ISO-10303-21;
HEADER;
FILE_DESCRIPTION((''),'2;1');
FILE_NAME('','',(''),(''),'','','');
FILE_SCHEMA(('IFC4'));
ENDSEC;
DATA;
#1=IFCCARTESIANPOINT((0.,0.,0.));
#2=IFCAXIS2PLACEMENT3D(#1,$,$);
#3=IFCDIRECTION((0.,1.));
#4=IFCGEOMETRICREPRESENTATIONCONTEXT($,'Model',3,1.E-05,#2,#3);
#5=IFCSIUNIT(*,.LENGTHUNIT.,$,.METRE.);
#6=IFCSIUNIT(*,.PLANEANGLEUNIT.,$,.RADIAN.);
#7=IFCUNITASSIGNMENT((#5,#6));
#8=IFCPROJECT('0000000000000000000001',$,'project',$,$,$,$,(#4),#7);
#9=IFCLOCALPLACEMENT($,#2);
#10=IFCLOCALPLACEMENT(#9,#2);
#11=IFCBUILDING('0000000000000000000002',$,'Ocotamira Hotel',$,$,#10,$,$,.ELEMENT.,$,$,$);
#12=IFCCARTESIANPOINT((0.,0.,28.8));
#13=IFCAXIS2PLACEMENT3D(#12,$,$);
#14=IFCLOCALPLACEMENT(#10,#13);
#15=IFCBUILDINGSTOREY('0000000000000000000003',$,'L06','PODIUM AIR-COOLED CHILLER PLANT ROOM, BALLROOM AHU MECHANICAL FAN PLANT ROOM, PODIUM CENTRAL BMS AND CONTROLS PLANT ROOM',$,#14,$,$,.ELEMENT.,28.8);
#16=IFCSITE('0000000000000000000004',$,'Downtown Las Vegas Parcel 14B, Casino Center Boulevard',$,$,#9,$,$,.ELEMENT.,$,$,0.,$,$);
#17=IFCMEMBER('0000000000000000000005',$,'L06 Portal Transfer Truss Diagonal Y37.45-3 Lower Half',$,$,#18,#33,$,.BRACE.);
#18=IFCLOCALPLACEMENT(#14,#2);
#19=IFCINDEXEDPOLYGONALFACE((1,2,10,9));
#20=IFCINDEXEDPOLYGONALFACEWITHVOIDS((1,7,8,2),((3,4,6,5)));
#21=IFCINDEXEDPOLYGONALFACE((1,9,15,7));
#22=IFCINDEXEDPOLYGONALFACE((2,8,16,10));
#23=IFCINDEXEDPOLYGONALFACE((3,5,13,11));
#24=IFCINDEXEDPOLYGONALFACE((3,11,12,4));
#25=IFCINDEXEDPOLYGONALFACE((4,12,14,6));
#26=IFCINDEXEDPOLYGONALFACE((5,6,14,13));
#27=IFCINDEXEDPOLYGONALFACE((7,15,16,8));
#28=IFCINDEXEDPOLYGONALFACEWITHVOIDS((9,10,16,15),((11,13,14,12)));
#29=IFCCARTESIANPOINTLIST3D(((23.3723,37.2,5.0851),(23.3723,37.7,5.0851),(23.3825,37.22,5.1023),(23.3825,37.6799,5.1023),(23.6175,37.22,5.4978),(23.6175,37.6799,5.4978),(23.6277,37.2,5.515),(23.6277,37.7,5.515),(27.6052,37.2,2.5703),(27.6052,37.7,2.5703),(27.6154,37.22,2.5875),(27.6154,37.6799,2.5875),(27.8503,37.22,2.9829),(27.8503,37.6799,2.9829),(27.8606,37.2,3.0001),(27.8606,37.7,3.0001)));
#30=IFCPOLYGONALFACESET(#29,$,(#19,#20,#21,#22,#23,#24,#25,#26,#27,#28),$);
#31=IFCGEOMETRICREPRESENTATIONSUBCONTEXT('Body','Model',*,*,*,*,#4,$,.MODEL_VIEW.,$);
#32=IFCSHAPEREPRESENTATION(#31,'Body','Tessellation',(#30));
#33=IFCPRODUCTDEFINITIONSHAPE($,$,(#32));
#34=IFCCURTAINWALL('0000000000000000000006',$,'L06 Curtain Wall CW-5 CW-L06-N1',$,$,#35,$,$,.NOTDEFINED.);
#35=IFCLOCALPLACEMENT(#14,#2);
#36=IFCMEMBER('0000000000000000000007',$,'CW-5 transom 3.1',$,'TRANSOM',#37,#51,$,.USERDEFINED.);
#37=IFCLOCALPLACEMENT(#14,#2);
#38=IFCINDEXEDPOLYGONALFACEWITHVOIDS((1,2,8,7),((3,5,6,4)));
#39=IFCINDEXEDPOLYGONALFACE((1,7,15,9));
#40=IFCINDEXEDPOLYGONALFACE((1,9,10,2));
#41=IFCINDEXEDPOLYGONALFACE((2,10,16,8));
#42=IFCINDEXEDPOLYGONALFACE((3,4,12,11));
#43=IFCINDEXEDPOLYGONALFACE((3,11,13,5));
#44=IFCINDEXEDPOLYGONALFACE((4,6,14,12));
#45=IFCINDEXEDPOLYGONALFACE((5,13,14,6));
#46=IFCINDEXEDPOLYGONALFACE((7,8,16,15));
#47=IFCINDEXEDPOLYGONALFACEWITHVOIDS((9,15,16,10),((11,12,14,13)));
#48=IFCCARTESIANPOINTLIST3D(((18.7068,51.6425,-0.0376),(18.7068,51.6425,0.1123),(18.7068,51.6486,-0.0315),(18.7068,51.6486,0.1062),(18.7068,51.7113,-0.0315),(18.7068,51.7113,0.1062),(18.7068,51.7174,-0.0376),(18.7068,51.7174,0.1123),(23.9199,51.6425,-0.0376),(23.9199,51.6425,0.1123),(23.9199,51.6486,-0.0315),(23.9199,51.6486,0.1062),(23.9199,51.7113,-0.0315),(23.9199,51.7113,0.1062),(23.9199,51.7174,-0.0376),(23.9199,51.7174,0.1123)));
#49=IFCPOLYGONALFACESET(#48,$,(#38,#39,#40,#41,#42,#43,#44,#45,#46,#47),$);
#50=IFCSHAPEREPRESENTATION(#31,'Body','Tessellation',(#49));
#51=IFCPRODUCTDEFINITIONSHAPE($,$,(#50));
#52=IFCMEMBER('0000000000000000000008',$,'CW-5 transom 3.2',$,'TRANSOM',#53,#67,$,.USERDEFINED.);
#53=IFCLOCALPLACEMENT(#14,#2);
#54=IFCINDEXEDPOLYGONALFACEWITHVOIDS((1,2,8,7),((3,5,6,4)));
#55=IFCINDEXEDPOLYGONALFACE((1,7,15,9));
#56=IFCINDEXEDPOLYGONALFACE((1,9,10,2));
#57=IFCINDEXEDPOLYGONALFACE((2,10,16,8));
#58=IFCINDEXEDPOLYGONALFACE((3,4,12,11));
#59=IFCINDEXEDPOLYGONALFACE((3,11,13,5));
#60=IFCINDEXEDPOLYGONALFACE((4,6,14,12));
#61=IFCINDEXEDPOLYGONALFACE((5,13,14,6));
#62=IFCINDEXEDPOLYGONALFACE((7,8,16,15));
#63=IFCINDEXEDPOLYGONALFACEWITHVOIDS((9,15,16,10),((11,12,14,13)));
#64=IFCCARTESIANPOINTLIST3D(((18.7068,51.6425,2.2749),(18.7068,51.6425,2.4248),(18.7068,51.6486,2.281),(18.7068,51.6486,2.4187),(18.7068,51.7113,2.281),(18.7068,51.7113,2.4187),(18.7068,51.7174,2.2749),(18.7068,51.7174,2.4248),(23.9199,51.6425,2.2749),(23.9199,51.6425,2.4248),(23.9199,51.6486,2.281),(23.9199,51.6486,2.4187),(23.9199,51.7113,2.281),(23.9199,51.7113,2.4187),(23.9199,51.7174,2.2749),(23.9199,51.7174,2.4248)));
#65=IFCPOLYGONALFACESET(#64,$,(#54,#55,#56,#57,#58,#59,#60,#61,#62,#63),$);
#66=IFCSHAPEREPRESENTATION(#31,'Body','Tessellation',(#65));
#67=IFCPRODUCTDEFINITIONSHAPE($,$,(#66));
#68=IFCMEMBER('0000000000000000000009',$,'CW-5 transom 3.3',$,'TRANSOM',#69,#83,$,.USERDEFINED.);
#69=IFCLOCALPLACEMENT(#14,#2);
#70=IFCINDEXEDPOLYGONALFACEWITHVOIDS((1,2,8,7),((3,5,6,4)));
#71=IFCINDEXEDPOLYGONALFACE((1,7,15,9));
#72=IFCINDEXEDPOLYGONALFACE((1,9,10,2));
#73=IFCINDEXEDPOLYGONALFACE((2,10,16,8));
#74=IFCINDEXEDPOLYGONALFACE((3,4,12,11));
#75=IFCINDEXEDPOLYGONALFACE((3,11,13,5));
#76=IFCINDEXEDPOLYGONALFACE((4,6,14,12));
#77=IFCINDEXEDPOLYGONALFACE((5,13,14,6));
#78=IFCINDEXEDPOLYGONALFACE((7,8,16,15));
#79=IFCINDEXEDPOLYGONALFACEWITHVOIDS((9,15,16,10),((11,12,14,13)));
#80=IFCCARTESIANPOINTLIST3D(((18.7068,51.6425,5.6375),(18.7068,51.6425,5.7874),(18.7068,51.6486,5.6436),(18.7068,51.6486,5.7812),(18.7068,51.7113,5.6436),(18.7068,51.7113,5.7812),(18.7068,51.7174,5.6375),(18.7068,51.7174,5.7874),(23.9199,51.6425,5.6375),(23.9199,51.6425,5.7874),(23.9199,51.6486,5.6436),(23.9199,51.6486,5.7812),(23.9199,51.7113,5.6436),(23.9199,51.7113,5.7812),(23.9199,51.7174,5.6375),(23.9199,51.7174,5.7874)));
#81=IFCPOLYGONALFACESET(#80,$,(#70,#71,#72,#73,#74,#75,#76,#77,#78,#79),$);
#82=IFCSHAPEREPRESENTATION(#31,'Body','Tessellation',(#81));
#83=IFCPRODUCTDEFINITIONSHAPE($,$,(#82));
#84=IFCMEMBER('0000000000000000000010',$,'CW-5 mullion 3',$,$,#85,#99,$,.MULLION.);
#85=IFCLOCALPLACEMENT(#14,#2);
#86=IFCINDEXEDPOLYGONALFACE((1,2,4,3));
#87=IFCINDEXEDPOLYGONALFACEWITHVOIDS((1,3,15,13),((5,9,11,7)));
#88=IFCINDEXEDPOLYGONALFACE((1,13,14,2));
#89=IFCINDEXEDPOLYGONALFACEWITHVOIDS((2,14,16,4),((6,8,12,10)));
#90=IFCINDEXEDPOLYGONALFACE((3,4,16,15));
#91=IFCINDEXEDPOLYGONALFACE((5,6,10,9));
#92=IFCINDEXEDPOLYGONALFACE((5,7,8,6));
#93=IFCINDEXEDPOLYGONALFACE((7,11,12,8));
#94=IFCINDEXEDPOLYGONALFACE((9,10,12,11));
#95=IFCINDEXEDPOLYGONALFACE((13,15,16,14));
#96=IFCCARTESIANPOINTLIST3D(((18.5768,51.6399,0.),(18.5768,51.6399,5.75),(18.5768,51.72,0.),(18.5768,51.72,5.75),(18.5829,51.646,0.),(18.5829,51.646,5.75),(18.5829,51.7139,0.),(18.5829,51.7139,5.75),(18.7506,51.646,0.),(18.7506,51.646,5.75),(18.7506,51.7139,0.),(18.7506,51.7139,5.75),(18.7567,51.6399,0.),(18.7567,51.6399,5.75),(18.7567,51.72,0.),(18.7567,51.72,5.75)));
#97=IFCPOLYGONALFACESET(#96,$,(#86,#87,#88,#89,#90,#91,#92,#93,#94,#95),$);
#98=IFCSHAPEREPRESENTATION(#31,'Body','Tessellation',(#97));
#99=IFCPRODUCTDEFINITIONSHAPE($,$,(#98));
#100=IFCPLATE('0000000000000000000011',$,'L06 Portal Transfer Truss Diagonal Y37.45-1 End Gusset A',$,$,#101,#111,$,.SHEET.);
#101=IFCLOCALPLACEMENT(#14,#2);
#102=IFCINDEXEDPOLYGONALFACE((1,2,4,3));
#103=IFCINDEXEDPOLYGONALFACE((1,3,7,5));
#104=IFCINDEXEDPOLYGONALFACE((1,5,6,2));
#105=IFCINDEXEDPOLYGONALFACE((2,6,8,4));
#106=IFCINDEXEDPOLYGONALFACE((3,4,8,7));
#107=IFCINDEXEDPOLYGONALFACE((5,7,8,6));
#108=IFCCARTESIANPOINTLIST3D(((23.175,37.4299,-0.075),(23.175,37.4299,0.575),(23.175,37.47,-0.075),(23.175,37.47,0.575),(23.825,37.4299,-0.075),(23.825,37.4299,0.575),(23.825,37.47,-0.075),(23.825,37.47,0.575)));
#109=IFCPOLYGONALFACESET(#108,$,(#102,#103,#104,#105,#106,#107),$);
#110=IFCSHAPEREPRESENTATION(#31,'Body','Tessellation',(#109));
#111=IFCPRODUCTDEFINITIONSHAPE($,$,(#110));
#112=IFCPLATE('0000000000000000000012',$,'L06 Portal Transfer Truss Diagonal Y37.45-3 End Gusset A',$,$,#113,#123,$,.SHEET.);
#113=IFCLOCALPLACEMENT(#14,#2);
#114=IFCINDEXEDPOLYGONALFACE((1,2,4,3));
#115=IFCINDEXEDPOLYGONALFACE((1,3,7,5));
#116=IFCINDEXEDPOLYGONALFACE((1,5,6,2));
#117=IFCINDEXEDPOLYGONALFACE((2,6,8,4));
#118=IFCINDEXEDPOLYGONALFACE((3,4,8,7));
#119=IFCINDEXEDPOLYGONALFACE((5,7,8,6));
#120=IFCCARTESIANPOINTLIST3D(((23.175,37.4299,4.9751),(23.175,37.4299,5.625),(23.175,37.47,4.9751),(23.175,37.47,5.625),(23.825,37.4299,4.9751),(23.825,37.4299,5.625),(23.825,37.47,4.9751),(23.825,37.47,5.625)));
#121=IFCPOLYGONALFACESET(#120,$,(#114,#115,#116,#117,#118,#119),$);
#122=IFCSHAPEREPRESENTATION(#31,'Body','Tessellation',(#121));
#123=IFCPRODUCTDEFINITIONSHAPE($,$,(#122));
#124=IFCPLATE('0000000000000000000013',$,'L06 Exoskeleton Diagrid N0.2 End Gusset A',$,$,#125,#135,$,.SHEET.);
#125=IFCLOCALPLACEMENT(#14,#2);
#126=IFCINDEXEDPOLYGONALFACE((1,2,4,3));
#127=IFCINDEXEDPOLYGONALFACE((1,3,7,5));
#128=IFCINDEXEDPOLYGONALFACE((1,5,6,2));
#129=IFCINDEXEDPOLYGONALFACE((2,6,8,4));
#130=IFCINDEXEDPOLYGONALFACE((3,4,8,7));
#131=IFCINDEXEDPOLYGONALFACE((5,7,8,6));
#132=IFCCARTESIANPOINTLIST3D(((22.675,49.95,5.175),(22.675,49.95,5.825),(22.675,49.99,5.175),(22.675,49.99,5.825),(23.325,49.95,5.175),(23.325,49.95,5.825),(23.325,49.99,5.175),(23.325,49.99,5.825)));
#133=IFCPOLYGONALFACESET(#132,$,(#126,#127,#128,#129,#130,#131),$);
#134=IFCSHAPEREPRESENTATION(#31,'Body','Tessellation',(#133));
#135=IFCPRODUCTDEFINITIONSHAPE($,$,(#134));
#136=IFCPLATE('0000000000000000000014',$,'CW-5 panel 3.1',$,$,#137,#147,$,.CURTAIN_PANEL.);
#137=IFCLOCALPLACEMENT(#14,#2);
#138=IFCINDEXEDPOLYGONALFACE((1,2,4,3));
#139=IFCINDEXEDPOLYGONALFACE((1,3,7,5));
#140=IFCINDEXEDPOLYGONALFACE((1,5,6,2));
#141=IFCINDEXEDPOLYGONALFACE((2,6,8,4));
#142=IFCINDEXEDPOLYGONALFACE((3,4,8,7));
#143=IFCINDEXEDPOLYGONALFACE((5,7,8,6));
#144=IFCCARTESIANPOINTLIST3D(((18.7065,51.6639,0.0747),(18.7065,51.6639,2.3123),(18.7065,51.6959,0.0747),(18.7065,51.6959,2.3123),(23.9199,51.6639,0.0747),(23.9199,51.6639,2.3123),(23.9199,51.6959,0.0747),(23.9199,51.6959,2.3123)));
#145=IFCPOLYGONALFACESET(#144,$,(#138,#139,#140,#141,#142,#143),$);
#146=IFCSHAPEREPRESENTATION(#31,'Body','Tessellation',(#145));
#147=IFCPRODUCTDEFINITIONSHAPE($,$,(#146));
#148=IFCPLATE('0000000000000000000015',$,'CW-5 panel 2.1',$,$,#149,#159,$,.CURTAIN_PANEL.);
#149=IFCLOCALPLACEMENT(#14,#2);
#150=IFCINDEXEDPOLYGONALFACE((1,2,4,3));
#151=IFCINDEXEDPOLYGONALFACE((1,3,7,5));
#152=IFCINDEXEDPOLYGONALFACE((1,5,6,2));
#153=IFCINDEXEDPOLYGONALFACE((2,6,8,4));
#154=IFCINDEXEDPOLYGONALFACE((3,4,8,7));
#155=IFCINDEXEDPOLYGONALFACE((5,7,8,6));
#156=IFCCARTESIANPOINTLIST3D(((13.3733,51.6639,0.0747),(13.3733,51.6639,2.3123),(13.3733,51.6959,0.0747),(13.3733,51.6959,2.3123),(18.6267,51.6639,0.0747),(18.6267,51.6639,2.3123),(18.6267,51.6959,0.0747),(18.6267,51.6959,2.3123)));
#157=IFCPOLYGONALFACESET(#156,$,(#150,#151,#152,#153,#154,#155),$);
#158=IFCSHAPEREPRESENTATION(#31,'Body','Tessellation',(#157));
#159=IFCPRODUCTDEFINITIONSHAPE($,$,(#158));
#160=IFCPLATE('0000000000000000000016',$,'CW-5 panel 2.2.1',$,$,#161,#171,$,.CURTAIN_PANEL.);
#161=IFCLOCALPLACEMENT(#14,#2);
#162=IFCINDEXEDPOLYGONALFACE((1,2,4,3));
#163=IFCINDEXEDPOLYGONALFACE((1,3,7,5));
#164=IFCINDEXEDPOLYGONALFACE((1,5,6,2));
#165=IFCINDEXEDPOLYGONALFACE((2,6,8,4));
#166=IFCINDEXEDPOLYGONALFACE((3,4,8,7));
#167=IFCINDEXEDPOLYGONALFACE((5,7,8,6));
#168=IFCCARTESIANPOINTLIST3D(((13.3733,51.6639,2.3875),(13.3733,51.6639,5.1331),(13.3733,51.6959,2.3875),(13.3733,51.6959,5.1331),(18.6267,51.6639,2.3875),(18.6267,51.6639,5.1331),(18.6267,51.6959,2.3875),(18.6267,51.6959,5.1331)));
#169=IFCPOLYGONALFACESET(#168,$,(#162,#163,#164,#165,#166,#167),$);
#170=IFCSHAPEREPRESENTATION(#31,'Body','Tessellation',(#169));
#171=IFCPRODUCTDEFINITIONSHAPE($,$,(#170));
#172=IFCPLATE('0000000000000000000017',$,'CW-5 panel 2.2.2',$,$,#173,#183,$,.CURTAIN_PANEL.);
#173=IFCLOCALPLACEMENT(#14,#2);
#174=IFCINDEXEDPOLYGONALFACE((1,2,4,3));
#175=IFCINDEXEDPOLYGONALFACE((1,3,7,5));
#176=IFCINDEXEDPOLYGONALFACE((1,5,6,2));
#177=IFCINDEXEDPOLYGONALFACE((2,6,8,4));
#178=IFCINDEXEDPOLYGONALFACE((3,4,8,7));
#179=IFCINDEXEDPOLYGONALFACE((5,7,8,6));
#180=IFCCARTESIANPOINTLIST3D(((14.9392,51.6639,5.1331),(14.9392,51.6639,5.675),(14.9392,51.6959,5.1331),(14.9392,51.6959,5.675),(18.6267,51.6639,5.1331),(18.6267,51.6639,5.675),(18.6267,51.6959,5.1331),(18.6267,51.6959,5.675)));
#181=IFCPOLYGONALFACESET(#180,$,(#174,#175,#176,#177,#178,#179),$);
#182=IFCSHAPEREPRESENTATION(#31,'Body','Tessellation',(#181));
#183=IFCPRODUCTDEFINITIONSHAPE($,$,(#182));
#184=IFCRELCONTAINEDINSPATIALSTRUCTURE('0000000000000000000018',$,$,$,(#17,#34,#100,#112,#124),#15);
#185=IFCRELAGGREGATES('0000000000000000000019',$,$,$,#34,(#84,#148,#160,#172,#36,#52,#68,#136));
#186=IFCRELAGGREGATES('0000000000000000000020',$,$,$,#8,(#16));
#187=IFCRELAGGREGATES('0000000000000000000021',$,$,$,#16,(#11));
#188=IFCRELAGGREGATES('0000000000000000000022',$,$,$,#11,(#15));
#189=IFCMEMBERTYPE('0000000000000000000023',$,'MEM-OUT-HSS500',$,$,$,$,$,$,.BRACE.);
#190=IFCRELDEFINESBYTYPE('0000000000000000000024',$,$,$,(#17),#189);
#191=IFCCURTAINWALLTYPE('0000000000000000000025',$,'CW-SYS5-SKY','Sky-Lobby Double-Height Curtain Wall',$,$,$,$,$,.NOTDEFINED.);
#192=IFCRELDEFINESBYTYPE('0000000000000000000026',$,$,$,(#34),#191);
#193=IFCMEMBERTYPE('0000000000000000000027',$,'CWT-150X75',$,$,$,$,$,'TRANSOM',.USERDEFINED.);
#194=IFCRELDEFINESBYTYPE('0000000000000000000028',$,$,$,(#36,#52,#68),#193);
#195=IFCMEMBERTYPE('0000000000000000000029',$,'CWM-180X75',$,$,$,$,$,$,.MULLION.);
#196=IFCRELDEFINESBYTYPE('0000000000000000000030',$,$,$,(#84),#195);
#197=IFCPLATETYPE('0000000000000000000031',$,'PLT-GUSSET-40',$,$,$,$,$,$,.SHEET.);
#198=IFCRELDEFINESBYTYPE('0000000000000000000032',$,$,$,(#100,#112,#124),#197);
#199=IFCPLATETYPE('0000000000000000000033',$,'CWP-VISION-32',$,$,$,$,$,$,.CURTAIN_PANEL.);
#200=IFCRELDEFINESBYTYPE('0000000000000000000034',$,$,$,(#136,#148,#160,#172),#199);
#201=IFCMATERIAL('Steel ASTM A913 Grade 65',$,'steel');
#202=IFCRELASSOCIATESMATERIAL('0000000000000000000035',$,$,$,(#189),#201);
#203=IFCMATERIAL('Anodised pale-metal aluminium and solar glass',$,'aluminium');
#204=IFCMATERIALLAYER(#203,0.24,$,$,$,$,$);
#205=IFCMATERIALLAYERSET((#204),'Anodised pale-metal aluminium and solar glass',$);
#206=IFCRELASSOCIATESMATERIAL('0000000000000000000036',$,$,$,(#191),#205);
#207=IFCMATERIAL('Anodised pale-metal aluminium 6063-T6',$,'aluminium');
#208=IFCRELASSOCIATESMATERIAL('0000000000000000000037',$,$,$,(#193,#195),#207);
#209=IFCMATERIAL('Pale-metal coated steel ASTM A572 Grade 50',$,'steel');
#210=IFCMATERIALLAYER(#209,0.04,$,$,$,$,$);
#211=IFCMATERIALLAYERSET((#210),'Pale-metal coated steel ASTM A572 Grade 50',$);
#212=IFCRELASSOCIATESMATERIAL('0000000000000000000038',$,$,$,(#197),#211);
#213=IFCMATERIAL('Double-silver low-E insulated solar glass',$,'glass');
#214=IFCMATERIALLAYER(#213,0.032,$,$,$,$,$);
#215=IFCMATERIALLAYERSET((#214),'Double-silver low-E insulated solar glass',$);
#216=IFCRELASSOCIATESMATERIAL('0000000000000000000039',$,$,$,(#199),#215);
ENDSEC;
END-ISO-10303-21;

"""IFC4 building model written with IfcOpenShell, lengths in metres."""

from ifc_helpers import new_model, si_unit, direction, frame, origin, origin_2d, place, context, subcontext, project, spatial, rectangle, hollow_rectangle, extrude, source, transform, mapped, material, layer, layer_set, material_profile, profile_set, type_object, element, aggregate, save


model = new_model("IFC4")

# Units and contexts
model_context = context("Model", 3, precision=1e-05, world=origin(), true_north=direction((0.0, 1.0)))
body_context = subcontext(model_context, "Body", "Model", "MODEL_VIEW")
ifc_project = project(units=[si_unit("LENGTHUNIT", "METRE"), si_unit("PLANEANGLEUNIT", "RADIAN")], contexts=[model_context])

# Site, building, storey
site_placement = place(None, origin())
site = spatial("IfcSite", under=ifc_project, at=site_placement, Name="Downtown Las Vegas Parcel 14B, Casino Center Boulevard", CompositionType="ELEMENT", RefElevation=0.0)
building_placement = place(site_placement, origin())
building = spatial("IfcBuilding", under=site, at=building_placement, Name="Ocotamira Hotel", CompositionType="ELEMENT")
storey_placement = place(building_placement, frame((0.0, 0.0, 28.8)))
storey = spatial("IfcBuildingStorey", under=building, at=storey_placement, Name="L06", Description="PODIUM AIR-COOLED CHILLER PLANT ROOM, BALLROOM AHU MECHANICAL FAN PLANT ROOM, PODIUM CENTRAL BMS AND CONTROLS PLANT ROOM", CompositionType="ELEMENT", Elevation=28.8)

# Shared definitions
ifc_material_1 = material(Name="Steel ASTM A913 Grade 65", Category="steel")

# Member
ifc_material_profile_1 = material_profile(ifc_material_1, hollow_rectangle(XDim=0.5, YDim=0.5, WallThickness=0.02, at=origin_2d()), Name="HSS500X500X20")
ifc_profile_set_1 = profile_set([ifc_material_profile_1], Name="Steel ASTM A913 Grade 65")
member_type_1 = type_object("IfcMemberType", Name="MEM-OUT-HSS500", PredefinedType="BRACE", material=ifc_profile_set_1)
shared_shape_1 = source(origin(), body_context, "Body", "SweptSolid", [
    extrude(hollow_rectangle(XDim=0.5, YDim=0.5, WallThickness=0.02, at=origin_2d()), origin(), (0.0, 0.0, 1.0), 4.9236),
])
member_1_placement = place(storey_placement, frame((23.5, 37.45, 5.3), z_axis=(0.859712, 0.0, -0.510779), x_axis=(0.0, 1.0, 0.0)))
element("IfcMember", 1, at=member_1_placement, inside=storey, type_object=member_type_1, Name="L06 Portal Transfer Truss Diagonal Y37.45-3 Lower Half", PredefinedType="BRACE", context=body_context, shape_type="MappedRepresentation", body=[
    mapped(shared_shape_1, transform((0.0, 0.0, 0.0), scale=1.0)),
])

# Curtain wall, members
ifc_material_2 = material(Name="Anodised pale-metal aluminium and solar glass", Category="aluminium")
ifc_layer_1 = layer(ifc_material_2, 0.24)
ifc_layer_set_1 = layer_set([ifc_layer_1], Name="Anodised pale-metal aluminium and solar glass")
curtain_wall_type = type_object("IfcCurtainWallType", Name="CW-SYS5-SKY", Description="Sky-Lobby Double-Height Curtain Wall", PredefinedType="NOTDEFINED", material=ifc_layer_set_1)
curtain_wall_placement = place(storey_placement, origin())
curtain_wall = element("IfcCurtainWall", 2, at=curtain_wall_placement, inside=storey, type_object=curtain_wall_type, Name="L06 Curtain Wall CW-5 CW-L06-N1", PredefinedType="NOTDEFINED")
ifc_material_3 = material(Name="Anodised pale-metal aluminium 6063-T6", Category="aluminium")
ifc_material_profile_2 = material_profile(ifc_material_3, hollow_rectangle(XDim=0.075, YDim=0.1499, WallThickness=0.0061, at=origin_2d()), Name="HSS150X75X6")
ifc_profile_set_2 = profile_set([ifc_material_profile_2], Name="Anodised pale-metal aluminium 6063-T6")
member_type_2 = type_object("IfcMemberType", Name="CWT-150X75", ElementType="TRANSOM", PredefinedType="USERDEFINED", material=ifc_profile_set_2)
shared_shape_2 = source(origin(), body_context, "Body", "SweptSolid", [
    extrude(hollow_rectangle(XDim=0.075, YDim=0.1499, WallThickness=0.0061, at=origin_2d()), origin(), (0.0, 0.0, 1.0), 5.2131),
])
member_2_placement = place(storey_placement, frame((18.7068, 51.6799, 0.0374), z_axis=(1.0, 0.0, 0.0), x_axis=(0.0, 1.0, 0.0)))
member_2 = element("IfcMember", 3, at=member_2_placement, type_object=member_type_2, Name="CW-5 transom 3.1", ObjectType="TRANSOM", PredefinedType="USERDEFINED", context=body_context, shape_type="MappedRepresentation", body=[
    mapped(shared_shape_2, transform((0.0, 0.0, 0.0), scale=1.0)),
])
member_3_placement = place(storey_placement, frame((18.7068, 51.6799, 2.3499), z_axis=(1.0, 0.0, 0.0), x_axis=(0.0, 1.0, 0.0)))
member_3 = element("IfcMember", 4, at=member_3_placement, type_object=member_type_2, Name="CW-5 transom 3.2", ObjectType="TRANSOM", PredefinedType="USERDEFINED", context=body_context, shape_type="MappedRepresentation", body=[
    mapped(shared_shape_2, transform((0.0, 0.0, 0.0), scale=1.0)),
])
member_4_placement = place(storey_placement, frame((18.7068, 51.6799, 5.7124), z_axis=(1.0, 0.0, 0.0), x_axis=(0.0, 1.0, 0.0)))
member_4 = element("IfcMember", 5, at=member_4_placement, type_object=member_type_2, Name="CW-5 transom 3.3", ObjectType="TRANSOM", PredefinedType="USERDEFINED", context=body_context, shape_type="MappedRepresentation", body=[
    mapped(shared_shape_2, transform((0.0, 0.0, 0.0), scale=1.0)),
])
ifc_material_profile_3 = material_profile(ifc_material_3, hollow_rectangle(XDim=0.0801, YDim=0.1799, WallThickness=0.0061, at=origin_2d()), Name="HSS180X80X6")
ifc_profile_set_3 = profile_set([ifc_material_profile_3], Name="Anodised pale-metal aluminium 6063-T6")
member_type_3 = type_object("IfcMemberType", Name="CWM-180X75", PredefinedType="MULLION", material=ifc_profile_set_3)
shared_shape_3 = source(origin(), body_context, "Body", "SweptSolid", [
    extrude(hollow_rectangle(XDim=0.0801, YDim=0.1799, WallThickness=0.0061, at=origin_2d()), origin(), (0.0, 0.0, 1.0), 5.75),
])
member_5_placement = place(storey_placement, frame((18.6667, 51.6799, 0.0), z_axis=(0.0, 0.0, 1.0), x_axis=(0.0, 1.0, 0.0)))
member_5 = element("IfcMember", 6, at=member_5_placement, type_object=member_type_3, Name="CW-5 mullion 3", PredefinedType="MULLION", context=body_context, shape_type="MappedRepresentation", body=[
    mapped(shared_shape_3, transform((0.0, 0.0, 0.0), scale=1.0)),
])

# Plates
ifc_material_4 = material(Name="Pale-metal coated steel ASTM A572 Grade 50", Category="steel")
ifc_layer_2 = layer(ifc_material_4, 0.04)
ifc_layer_set_2 = layer_set([ifc_layer_2], Name="Pale-metal coated steel ASTM A572 Grade 50")
plate_type_1 = type_object("IfcPlateType", Name="PLT-GUSSET-40", PredefinedType="SHEET", material=ifc_layer_set_2)
shared_shape_4 = source(origin(), body_context, "Body", "SweptSolid", [
    extrude(rectangle(XDim=0.6499, YDim=0.04, at=origin_2d()), origin(), (0.0, 0.0, 1.0), 0.6499),
])
for number, where, z_axis, x_axis, name in (
    (7, (23.5, 37.45, -0.075), (0.0, 0.0, 1.0), (1.0, 0.0, 0.0), "L06 Portal Transfer Truss Diagonal Y37.45-1 End Gusset A"),
    (8, (23.5, 37.45, 4.9751), (0.0, 0.0, 1.0), (1.0, 0.0, 0.0), "L06 Portal Transfer Truss Diagonal Y37.45-3 End Gusset A"),
    (9, (23.0, 49.97, 5.175), (0.0, 0.0, 1.0), (-1.0, 0.0, 0.0), "L06 Exoskeleton Diagrid N0.2 End Gusset A"),
):
    element("IfcPlate", number, at=place(storey_placement, frame(where, z_axis=z_axis, x_axis=x_axis)), inside=storey, type_object=plate_type_1, Name=name, PredefinedType="SHEET", context=body_context, shape_type="MappedRepresentation", body=[
        mapped(shared_shape_4, transform((0.0, 0.0, 0.0), scale=1.0)),
    ])

# Plates
ifc_material_5 = material(Name="Double-silver low-E insulated solar glass", Category="glass")
ifc_layer_3 = layer(ifc_material_5, 0.032)
ifc_layer_set_3 = layer_set([ifc_layer_3], Name="Double-silver low-E insulated solar glass")
plate_type_2 = type_object("IfcPlateType", Name="CWP-VISION-32", PredefinedType="CURTAIN_PANEL", material=ifc_layer_set_3)
shared_shape_5 = source(origin(), body_context, "Body", "SweptSolid", [
    extrude(rectangle(XDim=5.2134, YDim=0.032, at=origin_2d()), origin(), (0.0, 0.0, 1.0), 2.2375),
])
plate_1_placement = place(storey_placement, frame((21.3132, 51.6799, 0.0747), z_axis=(0.0, 0.0, 1.0), x_axis=(1.0, 0.0, 0.0)))
plate_1 = element("IfcPlate", 10, at=plate_1_placement, type_object=plate_type_2, Name="CW-5 panel 3.1", PredefinedType="CURTAIN_PANEL", context=body_context, shape_type="MappedRepresentation", body=[
    mapped(shared_shape_5, transform((0.0, 0.0, 0.0), scale=1.0)),
])
shared_shape_6 = source(origin(), body_context, "Body", "SweptSolid", [
    extrude(rectangle(XDim=5.2534, YDim=0.032, at=origin_2d()), origin(), (0.0, 0.0, 1.0), 2.2375),
])
plate_2_placement = place(storey_placement, frame((16.0, 51.6799, 0.0747), z_axis=(0.0, 0.0, 1.0), x_axis=(1.0, 0.0, 0.0)))
plate_2 = element("IfcPlate", 11, at=plate_2_placement, type_object=plate_type_2, Name="CW-5 panel 2.1", PredefinedType="CURTAIN_PANEL", context=body_context, shape_type="MappedRepresentation", body=[
    mapped(shared_shape_6, transform((0.0, 0.0, 0.0), scale=1.0)),
])
shared_shape_7 = source(origin(), body_context, "Body", "SweptSolid", [
    extrude(rectangle(XDim=5.2534, YDim=0.032, at=origin_2d()), origin(), (0.0, 0.0, 1.0), 2.7456),
])
plate_3_placement = place(storey_placement, frame((16.0, 51.6799, 2.3875), z_axis=(0.0, 0.0, 1.0), x_axis=(1.0, 0.0, 0.0)))
plate_3 = element("IfcPlate", 12, at=plate_3_placement, type_object=plate_type_2, Name="CW-5 panel 2.2.1", PredefinedType="CURTAIN_PANEL", context=body_context, shape_type="MappedRepresentation", body=[
    mapped(shared_shape_7, transform((0.0, 0.0, 0.0), scale=1.0)),
])
shared_shape_8 = source(origin(), body_context, "Body", "SweptSolid", [
    extrude(rectangle(XDim=3.6875, YDim=0.032, at=origin_2d()), origin(), (0.0, 0.0, 1.0), 0.542),
])
plate_4_placement = place(storey_placement, frame((16.783, 51.6799, 5.1331), z_axis=(0.0, 0.0, 1.0), x_axis=(1.0, 0.0, 0.0)))
plate_4 = element("IfcPlate", 13, at=plate_4_placement, type_object=plate_type_2, Name="CW-5 panel 2.2.2", PredefinedType="CURTAIN_PANEL", context=body_context, shape_type="MappedRepresentation", body=[
    mapped(shared_shape_8, transform((0.0, 0.0, 0.0), scale=1.0)),
])
aggregate(curtain_wall, [member_5, plate_2, plate_3, plate_4, member_2, member_3, member_4, plate_1])

save(model, "model.ifc")
